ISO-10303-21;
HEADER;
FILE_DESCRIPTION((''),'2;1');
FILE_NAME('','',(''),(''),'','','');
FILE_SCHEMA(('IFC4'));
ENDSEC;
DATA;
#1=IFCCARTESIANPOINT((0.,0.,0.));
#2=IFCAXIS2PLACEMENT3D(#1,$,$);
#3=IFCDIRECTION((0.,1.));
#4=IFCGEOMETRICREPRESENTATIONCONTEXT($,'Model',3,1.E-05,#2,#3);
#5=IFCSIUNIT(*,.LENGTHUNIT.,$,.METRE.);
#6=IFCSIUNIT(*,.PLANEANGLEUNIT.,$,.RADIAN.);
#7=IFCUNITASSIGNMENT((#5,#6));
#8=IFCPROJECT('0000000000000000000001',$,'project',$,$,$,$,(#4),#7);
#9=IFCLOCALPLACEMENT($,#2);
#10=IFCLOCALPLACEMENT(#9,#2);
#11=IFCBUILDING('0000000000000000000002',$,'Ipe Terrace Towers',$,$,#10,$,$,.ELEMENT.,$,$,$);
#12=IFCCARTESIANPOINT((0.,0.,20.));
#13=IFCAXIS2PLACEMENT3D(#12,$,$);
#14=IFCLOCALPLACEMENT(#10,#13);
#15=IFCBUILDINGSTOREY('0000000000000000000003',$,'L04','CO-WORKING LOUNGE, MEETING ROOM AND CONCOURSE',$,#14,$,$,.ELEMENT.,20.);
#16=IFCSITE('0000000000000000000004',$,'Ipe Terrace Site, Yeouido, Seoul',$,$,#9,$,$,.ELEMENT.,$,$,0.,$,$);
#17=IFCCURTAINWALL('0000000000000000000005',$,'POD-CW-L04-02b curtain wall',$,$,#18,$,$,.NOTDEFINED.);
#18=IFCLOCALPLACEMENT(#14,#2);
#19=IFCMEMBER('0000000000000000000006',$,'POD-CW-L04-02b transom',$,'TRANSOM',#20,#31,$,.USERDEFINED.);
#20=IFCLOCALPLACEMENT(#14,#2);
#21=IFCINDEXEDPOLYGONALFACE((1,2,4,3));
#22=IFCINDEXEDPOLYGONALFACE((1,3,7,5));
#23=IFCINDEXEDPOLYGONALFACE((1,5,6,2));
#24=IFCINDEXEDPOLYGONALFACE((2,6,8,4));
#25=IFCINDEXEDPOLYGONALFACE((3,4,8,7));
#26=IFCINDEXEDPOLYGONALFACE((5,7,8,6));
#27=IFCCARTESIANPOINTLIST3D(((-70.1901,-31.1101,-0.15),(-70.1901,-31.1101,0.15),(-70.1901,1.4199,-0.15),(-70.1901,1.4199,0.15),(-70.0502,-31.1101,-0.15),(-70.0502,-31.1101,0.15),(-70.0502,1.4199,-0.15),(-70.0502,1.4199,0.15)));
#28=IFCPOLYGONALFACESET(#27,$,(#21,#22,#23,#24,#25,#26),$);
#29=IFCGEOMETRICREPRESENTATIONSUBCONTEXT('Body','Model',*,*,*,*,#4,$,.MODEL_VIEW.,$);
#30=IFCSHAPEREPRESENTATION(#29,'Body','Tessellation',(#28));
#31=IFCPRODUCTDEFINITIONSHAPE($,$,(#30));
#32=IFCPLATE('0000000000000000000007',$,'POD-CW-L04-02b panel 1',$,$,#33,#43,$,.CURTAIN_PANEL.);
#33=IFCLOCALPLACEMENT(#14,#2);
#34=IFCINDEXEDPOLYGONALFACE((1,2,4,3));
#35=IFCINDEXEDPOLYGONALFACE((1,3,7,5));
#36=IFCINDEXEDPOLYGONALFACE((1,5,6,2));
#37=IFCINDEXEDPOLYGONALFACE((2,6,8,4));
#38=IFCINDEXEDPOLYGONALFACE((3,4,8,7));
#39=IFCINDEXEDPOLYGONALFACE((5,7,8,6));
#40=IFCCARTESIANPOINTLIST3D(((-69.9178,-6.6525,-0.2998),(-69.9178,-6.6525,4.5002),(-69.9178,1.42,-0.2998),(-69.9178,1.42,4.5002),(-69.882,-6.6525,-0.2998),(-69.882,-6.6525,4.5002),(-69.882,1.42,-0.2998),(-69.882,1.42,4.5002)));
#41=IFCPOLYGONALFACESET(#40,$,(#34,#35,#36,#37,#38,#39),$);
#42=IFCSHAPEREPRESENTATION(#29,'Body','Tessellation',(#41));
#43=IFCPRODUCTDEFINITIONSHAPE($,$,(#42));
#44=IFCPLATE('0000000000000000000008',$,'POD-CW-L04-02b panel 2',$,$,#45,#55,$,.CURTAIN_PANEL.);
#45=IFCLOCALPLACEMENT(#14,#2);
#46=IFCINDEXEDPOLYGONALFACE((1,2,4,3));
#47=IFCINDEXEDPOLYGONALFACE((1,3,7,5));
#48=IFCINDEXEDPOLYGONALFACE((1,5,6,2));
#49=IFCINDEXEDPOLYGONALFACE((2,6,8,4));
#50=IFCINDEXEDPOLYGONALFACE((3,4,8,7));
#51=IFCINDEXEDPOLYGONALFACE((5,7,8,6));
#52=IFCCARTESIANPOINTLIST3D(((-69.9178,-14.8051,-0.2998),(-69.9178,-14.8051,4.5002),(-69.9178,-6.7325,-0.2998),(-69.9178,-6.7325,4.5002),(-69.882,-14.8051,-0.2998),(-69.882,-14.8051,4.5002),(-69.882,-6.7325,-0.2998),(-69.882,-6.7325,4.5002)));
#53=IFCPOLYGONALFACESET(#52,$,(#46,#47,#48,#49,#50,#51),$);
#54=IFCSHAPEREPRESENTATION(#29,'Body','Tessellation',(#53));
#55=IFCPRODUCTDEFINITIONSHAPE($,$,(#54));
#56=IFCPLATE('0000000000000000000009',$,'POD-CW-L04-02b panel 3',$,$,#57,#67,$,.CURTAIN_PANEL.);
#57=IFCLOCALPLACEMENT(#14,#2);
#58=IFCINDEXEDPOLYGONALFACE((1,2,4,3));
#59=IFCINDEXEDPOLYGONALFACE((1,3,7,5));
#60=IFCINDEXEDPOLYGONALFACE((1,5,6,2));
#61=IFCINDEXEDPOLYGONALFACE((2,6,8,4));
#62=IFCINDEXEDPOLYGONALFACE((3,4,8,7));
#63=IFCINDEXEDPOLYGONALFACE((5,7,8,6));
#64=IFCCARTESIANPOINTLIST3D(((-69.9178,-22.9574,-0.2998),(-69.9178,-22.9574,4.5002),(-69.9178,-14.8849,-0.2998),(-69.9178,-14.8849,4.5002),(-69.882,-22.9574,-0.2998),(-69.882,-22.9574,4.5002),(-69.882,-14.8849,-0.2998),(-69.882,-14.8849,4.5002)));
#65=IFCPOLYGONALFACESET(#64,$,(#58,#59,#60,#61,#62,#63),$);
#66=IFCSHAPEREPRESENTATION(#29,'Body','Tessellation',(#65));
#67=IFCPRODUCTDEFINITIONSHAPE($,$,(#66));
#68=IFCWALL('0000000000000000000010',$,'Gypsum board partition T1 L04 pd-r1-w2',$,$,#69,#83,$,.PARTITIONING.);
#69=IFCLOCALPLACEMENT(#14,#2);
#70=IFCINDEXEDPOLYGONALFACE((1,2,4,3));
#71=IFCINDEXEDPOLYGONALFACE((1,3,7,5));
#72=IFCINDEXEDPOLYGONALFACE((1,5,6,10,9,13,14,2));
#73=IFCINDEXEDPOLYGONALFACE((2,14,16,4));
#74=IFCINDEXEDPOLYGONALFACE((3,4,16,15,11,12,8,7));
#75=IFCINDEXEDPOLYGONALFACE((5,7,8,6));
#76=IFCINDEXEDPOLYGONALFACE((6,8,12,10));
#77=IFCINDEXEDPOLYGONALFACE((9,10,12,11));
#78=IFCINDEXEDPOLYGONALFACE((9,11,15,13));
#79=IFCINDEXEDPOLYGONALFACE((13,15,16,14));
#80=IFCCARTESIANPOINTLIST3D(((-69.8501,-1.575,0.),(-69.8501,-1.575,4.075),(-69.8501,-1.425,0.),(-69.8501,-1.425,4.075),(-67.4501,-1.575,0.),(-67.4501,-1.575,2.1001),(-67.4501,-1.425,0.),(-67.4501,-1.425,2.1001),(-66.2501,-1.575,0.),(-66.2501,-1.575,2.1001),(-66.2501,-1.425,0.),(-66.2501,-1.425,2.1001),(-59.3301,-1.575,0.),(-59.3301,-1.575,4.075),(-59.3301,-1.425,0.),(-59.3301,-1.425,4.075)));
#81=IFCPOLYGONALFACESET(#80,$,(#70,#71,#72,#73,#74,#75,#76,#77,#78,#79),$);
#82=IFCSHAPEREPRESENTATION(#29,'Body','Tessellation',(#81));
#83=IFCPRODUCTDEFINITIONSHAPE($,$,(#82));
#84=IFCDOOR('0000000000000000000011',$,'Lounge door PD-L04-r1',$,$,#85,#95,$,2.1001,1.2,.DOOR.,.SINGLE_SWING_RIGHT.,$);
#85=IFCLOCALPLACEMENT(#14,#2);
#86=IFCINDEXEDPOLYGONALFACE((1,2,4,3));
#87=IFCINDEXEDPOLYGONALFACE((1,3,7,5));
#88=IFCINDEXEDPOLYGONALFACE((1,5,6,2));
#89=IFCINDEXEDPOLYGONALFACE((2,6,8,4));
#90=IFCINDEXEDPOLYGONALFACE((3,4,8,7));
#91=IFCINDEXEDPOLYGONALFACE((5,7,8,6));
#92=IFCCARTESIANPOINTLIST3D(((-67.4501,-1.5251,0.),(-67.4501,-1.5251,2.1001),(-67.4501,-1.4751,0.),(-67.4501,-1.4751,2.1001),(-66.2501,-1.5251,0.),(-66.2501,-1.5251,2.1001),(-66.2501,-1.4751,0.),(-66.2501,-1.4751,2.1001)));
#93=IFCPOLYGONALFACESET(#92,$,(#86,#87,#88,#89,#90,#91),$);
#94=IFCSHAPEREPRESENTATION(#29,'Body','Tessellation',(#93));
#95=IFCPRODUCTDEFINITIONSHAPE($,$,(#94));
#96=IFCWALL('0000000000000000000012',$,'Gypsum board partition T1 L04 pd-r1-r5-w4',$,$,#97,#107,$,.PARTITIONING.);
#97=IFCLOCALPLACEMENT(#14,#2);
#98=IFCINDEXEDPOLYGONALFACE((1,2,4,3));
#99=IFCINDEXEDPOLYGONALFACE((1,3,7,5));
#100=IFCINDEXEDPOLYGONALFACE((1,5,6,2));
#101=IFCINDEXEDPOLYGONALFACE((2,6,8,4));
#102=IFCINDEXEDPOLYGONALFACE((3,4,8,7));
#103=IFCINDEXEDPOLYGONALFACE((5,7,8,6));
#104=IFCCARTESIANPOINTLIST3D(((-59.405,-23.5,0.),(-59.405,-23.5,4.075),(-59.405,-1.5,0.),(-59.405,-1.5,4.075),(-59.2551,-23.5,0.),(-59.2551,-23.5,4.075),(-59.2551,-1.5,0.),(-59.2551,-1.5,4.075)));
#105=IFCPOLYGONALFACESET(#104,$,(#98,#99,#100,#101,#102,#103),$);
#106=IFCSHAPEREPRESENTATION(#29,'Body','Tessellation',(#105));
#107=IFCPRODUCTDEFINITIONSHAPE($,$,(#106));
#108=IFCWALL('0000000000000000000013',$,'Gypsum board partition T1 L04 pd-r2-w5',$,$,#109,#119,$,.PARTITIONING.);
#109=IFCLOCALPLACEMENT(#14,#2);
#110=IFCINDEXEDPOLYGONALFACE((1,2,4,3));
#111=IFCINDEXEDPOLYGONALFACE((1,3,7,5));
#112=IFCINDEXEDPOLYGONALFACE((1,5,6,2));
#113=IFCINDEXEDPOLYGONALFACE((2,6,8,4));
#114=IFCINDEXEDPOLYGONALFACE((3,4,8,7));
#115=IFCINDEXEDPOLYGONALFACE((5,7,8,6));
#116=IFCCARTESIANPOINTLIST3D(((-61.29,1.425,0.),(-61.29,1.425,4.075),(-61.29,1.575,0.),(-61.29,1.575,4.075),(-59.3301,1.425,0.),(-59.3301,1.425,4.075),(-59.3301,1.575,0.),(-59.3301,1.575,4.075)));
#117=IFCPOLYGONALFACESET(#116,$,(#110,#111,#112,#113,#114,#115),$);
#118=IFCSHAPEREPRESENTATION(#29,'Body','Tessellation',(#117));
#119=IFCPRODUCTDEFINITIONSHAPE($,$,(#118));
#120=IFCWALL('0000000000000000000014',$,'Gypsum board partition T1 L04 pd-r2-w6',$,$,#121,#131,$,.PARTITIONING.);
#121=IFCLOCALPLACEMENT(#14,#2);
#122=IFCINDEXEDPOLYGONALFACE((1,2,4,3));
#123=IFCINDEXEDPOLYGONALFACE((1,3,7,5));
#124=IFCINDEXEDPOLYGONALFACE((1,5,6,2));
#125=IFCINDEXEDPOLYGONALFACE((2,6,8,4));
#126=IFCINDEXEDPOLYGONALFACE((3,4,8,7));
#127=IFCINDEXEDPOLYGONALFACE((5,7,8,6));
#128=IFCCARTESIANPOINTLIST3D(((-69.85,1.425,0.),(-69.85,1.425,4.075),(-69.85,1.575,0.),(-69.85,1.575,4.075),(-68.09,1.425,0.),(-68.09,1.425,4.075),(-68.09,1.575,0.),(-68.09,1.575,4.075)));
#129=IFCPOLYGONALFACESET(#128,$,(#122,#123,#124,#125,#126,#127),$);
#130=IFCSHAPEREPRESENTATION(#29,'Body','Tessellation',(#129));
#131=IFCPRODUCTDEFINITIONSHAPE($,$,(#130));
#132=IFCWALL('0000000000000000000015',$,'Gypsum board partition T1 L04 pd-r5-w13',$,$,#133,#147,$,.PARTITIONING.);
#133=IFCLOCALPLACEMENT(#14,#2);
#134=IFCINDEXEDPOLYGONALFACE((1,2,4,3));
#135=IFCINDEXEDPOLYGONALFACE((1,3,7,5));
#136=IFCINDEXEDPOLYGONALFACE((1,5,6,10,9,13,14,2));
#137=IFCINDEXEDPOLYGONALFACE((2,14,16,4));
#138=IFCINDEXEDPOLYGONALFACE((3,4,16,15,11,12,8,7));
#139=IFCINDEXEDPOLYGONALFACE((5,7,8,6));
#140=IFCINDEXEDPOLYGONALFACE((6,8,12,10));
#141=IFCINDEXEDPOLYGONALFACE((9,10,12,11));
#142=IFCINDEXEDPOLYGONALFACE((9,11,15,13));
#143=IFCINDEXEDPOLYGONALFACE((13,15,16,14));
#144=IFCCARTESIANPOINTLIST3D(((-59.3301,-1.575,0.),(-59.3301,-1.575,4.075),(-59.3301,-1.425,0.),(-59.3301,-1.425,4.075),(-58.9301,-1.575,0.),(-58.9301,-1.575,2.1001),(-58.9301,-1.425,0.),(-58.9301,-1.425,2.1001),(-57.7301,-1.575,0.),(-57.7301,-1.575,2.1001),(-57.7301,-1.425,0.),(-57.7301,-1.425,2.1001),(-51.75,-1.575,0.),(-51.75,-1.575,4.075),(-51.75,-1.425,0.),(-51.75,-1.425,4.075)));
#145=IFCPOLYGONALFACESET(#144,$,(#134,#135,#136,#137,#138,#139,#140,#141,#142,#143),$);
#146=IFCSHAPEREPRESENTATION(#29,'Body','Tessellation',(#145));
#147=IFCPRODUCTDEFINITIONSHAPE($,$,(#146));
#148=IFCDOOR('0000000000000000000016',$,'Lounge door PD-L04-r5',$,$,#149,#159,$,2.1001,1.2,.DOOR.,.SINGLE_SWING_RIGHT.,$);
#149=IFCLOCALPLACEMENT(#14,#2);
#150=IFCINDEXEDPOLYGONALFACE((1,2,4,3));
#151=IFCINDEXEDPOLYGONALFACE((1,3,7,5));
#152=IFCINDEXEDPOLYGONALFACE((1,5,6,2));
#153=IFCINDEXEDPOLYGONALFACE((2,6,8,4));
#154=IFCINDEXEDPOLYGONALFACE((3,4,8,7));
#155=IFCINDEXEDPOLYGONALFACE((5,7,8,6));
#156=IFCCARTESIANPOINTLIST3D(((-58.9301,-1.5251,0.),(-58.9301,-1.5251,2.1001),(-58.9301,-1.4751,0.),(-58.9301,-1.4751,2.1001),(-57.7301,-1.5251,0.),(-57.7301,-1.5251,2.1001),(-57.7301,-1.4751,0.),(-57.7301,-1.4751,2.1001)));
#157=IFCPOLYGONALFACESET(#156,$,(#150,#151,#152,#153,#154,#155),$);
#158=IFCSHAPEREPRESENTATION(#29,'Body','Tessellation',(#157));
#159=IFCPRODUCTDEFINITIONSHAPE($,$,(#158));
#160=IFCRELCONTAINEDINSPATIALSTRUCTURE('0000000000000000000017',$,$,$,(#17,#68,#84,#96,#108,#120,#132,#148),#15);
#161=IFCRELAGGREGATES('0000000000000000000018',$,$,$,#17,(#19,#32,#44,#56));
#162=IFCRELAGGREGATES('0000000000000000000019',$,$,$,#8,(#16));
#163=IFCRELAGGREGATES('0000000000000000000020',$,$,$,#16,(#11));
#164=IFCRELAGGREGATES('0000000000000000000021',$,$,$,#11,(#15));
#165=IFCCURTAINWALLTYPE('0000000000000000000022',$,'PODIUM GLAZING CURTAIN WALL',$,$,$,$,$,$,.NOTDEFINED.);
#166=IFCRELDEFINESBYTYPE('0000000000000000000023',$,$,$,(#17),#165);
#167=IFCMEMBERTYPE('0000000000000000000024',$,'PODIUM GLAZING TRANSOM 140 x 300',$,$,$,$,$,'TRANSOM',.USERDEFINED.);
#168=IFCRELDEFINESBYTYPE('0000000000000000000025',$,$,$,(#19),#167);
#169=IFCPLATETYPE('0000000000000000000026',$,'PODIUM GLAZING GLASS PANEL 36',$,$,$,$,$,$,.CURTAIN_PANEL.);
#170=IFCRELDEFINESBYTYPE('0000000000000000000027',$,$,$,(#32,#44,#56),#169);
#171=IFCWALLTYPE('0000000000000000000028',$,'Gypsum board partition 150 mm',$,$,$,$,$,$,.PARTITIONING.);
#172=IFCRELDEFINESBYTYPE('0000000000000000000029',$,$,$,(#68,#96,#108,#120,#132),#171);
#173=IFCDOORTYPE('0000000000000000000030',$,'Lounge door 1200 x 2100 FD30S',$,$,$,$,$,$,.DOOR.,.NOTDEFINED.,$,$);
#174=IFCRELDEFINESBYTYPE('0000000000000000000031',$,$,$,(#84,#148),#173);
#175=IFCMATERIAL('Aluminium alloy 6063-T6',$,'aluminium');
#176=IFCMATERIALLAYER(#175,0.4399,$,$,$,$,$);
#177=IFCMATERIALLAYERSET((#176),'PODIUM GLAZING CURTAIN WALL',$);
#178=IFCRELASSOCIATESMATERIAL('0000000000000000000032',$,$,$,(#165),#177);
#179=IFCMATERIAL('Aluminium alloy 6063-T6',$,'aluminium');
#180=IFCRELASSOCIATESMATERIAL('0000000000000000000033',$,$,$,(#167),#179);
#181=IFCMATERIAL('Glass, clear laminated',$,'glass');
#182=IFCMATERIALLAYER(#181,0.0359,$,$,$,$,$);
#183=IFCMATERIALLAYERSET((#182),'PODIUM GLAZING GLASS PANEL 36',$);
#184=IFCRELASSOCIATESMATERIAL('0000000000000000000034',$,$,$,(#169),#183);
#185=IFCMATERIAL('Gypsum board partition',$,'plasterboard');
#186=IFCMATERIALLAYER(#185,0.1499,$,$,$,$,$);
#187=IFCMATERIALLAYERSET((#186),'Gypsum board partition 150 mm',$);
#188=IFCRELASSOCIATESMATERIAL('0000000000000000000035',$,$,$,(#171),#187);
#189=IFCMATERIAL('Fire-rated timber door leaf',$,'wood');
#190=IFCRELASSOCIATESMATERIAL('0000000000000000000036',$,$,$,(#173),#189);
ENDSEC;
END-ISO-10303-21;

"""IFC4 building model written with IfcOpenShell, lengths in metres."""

from ifc_helpers import new_model, si_unit, direction, frame, frame_2d, origin, origin_2d, place, context, subcontext, project, spatial, rectangle, extrude, material, layer, layer_set, material_profile, profile_set, type_object, element, fill, aggregate, save


model = new_model("IFC4")

# Units and contexts
model_context = context("Model", 3, precision=1e-05, world=origin(), true_north=direction((0.0, 1.0)))
body_context = subcontext(model_context, "Body", "Model", "MODEL_VIEW")
ifc_project = project(units=[si_unit("LENGTHUNIT", "METRE"), si_unit("PLANEANGLEUNIT", "RADIAN")], contexts=[model_context])

# Site, building, storey
site_placement = place(None, origin())
site = spatial("IfcSite", under=ifc_project, at=site_placement, Name="Ipe Terrace Site, Yeouido, Seoul", CompositionType="ELEMENT", RefElevation=0.0)
building_placement = place(site_placement, origin())
building = spatial("IfcBuilding", under=site, at=building_placement, Name="Ipe Terrace Towers", CompositionType="ELEMENT")
storey_placement = place(building_placement, frame((0.0, 0.0, 20.0)))
storey = spatial("IfcBuildingStorey", under=building, at=storey_placement, Name="L04", Description="CO-WORKING LOUNGE, MEETING ROOM AND CONCOURSE", CompositionType="ELEMENT", Elevation=20.0)

# Curtain wall, member, plates
ifc_material_1 = material(Name="Aluminium alloy 6063-T6", Category="aluminium")
ifc_layer_1 = layer(ifc_material_1, 0.4399)
ifc_layer_set_1 = layer_set([ifc_layer_1], Name="PODIUM GLAZING CURTAIN WALL")
curtain_wall_type = type_object("IfcCurtainWallType", Name="PODIUM GLAZING CURTAIN WALL", PredefinedType="NOTDEFINED", material=ifc_layer_set_1)
curtain_wall_placement = place(storey_placement, origin())
curtain_wall = element("IfcCurtainWall", 1, at=curtain_wall_placement, inside=storey, type_object=curtain_wall_type, Name="POD-CW-L04-02b curtain wall", PredefinedType="NOTDEFINED")
ifc_material_2 = material(Name="Aluminium alloy 6063-T6", Category="aluminium")
ifc_material_profile_1 = material_profile(ifc_material_2, rectangle(XDim=0.1399, YDim=0.3, at=origin_2d()), Name="PODIUM GLAZING TRANSOM 140 x 300")
ifc_profile_set_1 = profile_set([ifc_material_profile_1], Name="Aluminium alloy 6063-T6")
member_type_1 = type_object("IfcMemberType", Name="PODIUM GLAZING TRANSOM 140 x 300", ElementType="TRANSOM", PredefinedType="USERDEFINED", material=ifc_profile_set_1)
member_1_placement = place(storey_placement, frame((-70.1201, 1.4199, 0.0), z_axis=(0.0, -1.0, 0.0), x_axis=(-1.0, 0.0, 0.0)))
member_1 = element("IfcMember", 2, at=member_1_placement, type_object=member_type_1, Name="POD-CW-L04-02b transom", ObjectType="TRANSOM", PredefinedType="USERDEFINED", context=body_context, shape_type="SweptSolid", body=[
    extrude(rectangle(XDim=0.1399, YDim=0.3, at=origin_2d()), origin(), (0.0, 0.0, 1.0), 32.53),
])
ifc_material_3 = material(Name="Glass, clear laminated", Category="glass")
ifc_layer_2 = layer(ifc_material_3, 0.0359)
ifc_layer_set_2 = layer_set([ifc_layer_2], Name="PODIUM GLAZING GLASS PANEL 36")
plate_type = type_object("IfcPlateType", Name="PODIUM GLAZING GLASS PANEL 36", PredefinedType="CURTAIN_PANEL", material=ifc_layer_set_2)
plate_1_placement = place(storey_placement, frame((-69.8999, -2.6162, -0.2998), z_axis=(0.0, 0.0, 1.0), x_axis=(0.0, -1.0, 0.0)))
plate_1 = element("IfcPlate", 3, at=plate_1_placement, type_object=plate_type, Name="POD-CW-L04-02b panel 1", PredefinedType="CURTAIN_PANEL", context=body_context, shape_type="SweptSolid", body=[
    extrude(rectangle(XDim=8.0725, YDim=0.0359, at=origin_2d()), origin(), (0.0, 0.0, 1.0), 4.8),
])
plate_2_placement = place(storey_placement, frame((-69.8999, -10.7688, -0.2998), z_axis=(0.0, 0.0, 1.0), x_axis=(0.0, -1.0, 0.0)))
plate_2 = element("IfcPlate", 4, at=plate_2_placement, type_object=plate_type, Name="POD-CW-L04-02b panel 2", PredefinedType="CURTAIN_PANEL", context=body_context, shape_type="SweptSolid", body=[
    extrude(rectangle(XDim=8.0725, YDim=0.0359, at=origin_2d()), origin(), (0.0, 0.0, 1.0), 4.8),
])
plate_3_placement = place(storey_placement, frame((-69.8999, -18.9211, -0.2998), z_axis=(0.0, 0.0, 1.0), x_axis=(0.0, -1.0, 0.0)))
plate_3 = element("IfcPlate", 5, at=plate_3_placement, type_object=plate_type, Name="POD-CW-L04-02b panel 3", PredefinedType="CURTAIN_PANEL", context=body_context, shape_type="SweptSolid", body=[
    extrude(rectangle(XDim=8.0725, YDim=0.0359, at=origin_2d()), origin(), (0.0, 0.0, 1.0), 4.8),
])
aggregate(curtain_wall, [member_1, plate_1, plate_2, plate_3])

# Wall, opening, door
ifc_material_4 = material(Name="Gypsum board partition", Category="plasterboard")
ifc_layer_3 = layer(ifc_material_4, 0.1499)
ifc_layer_set_3 = layer_set([ifc_layer_3], Name="Gypsum board partition 150 mm")
wall_type_1 = type_object("IfcWallType", Name="Gypsum board partition 150 mm", PredefinedType="PARTITIONING", material=ifc_layer_set_3)
wall_1_placement = place(storey_placement, frame((-69.8501, -1.5, 0.0), z_axis=(0.0, 0.0, 1.0), x_axis=(1.0, 0.0, 0.0)))
wall_1 = element("IfcWall", 6, at=wall_1_placement, inside=storey, type_object=wall_type_1, Name="Gypsum board partition T1 L04 pd-r1-w2", PredefinedType="PARTITIONING", context=body_context, shape_type="SweptSolid", body=[
    extrude(rectangle(XDim=10.52, YDim=0.1499, at=frame_2d((5.26, 0.0))), origin(), (0.0, 0.0, 1.0), 4.075),
])
opening_1_placement = place(wall_1_placement, frame((2.3999, 0.0, 0.0)))
opening_1 = element("IfcOpeningElement", 7, at=opening_1_placement, cuts=wall_1, PredefinedType="OPENING", context=body_context, shape_type="SweptSolid", body=[
    extrude(rectangle(XDim=1.2, YDim=2.1001, at=frame_2d((0.6001, 1.05))), frame((0.0, 0.085, 0.0), z_axis=(0.0, -1.0, 0.0), x_axis=(1.0, 0.0, 0.0)), (0.0, 0.0, 1.0), 0.1699),
])
ifc_material_5 = material(Name="Fire-rated timber door leaf", Category="wood")
door_type_1 = type_object("IfcDoorType", Name="Lounge door 1200 x 2100 FD30S", OperationType="NOTDEFINED", PredefinedType="DOOR", material=ifc_material_5)
door_1_placement = place(opening_1_placement, origin())
door_1 = element("IfcDoor", 8, at=door_1_placement, inside=storey, type_object=door_type_1, Name="Lounge door PD-L04-r1", OperationType="SINGLE_SWING_RIGHT", OverallHeight=2.1001, OverallWidth=1.2, PredefinedType="DOOR", context=body_context, shape_type="SweptSolid", body=[
    extrude(rectangle(XDim=1.2, YDim=2.1001, at=frame_2d((0.6001, 1.05))), frame((0.0, 0.0249, 0.0), z_axis=(0.0, -1.0, 0.0), x_axis=(1.0, 0.0, 0.0)), (0.0, 0.0, 1.0), 0.05),
])
fill(opening_1, door_1)

# Walls
wall_2_placement = place(storey_placement, frame((-59.3301, -1.5, 0.0), z_axis=(0.0, 0.0, 1.0), x_axis=(0.0, -1.0, 0.0)))
element("IfcWall", 9, at=wall_2_placement, inside=storey, type_object=wall_type_1, Name="Gypsum board partition T1 L04 pd-r1-r5-w4", PredefinedType="PARTITIONING", context=body_context, shape_type="SweptSolid", body=[
    extrude(rectangle(XDim=22.0, YDim=0.1499, at=frame_2d((11.0, 0.0))), origin(), (0.0, 0.0, 1.0), 4.075),
])
wall_3_placement = place(storey_placement, frame((-59.3301, 1.5, 0.0), z_axis=(0.0, 0.0, 1.0), x_axis=(-1.0, 0.0, 0.0)))
element("IfcWall", 10, at=wall_3_placement, inside=storey, type_object=wall_type_1, Name="Gypsum board partition T1 L04 pd-r2-w5", PredefinedType="PARTITIONING", context=body_context, shape_type="SweptSolid", body=[
    extrude(rectangle(XDim=1.96, YDim=0.1499, at=frame_2d((0.98, 0.0))), origin(), (0.0, 0.0, 1.0), 4.075),
])
wall_4_placement = place(storey_placement, frame((-68.0901, 1.5, 0.0), z_axis=(0.0, 0.0, 1.0), x_axis=(-1.0, 0.0, 0.0)))
element("IfcWall", 11, at=wall_4_placement, inside=storey, type_object=wall_type_1, Name="Gypsum board partition T1 L04 pd-r2-w6", PredefinedType="PARTITIONING", context=body_context, shape_type="SweptSolid", body=[
    extrude(rectangle(XDim=1.76, YDim=0.1499, at=frame_2d((0.8799, 0.0))), origin(), (0.0, 0.0, 1.0), 4.075),
])

# Wall, opening, door
wall_5_placement = place(storey_placement, frame((-59.3301, -1.5, 0.0), z_axis=(0.0, 0.0, 1.0), x_axis=(1.0, 0.0, 0.0)))
wall_5 = element("IfcWall", 12, at=wall_5_placement, inside=storey, type_object=wall_type_1, Name="Gypsum board partition T1 L04 pd-r5-w13", PredefinedType="PARTITIONING", context=body_context, shape_type="SweptSolid", body=[
    extrude(rectangle(XDim=7.5801, YDim=0.1499, at=frame_2d((3.79, 0.0))), origin(), (0.0, 0.0, 1.0), 4.075),
])
opening_2_placement = place(wall_5_placement, frame((0.3999, 0.0, 0.0)))
opening_2 = element("IfcOpeningElement", 13, at=opening_2_placement, cuts=wall_5, PredefinedType="OPENING", context=body_context, shape_type="SweptSolid", body=[
    extrude(rectangle(XDim=1.2, YDim=2.1001, at=frame_2d((0.6001, 1.05))), frame((0.0, 0.085, 0.0), z_axis=(0.0, -1.0, 0.0), x_axis=(1.0, 0.0, 0.0)), (0.0, 0.0, 1.0), 0.1699),
])
door_2_placement = place(opening_2_placement, origin())
door_2 = element("IfcDoor", 14, at=door_2_placement, inside=storey, type_object=door_type_1, Name="Lounge door PD-L04-r5", OperationType="SINGLE_SWING_RIGHT", OverallHeight=2.1001, OverallWidth=1.2, PredefinedType="DOOR", context=body_context, shape_type="SweptSolid", body=[
    extrude(rectangle(XDim=1.2, YDim=2.1001, at=frame_2d((0.6001, 1.05))), frame((0.0, 0.0249, 0.0), z_axis=(0.0, -1.0, 0.0), x_axis=(1.0, 0.0, 0.0)), (0.0, 0.0, 1.0), 0.05),
])
fill(opening_2, door_2)

save(model, "model.ifc")
